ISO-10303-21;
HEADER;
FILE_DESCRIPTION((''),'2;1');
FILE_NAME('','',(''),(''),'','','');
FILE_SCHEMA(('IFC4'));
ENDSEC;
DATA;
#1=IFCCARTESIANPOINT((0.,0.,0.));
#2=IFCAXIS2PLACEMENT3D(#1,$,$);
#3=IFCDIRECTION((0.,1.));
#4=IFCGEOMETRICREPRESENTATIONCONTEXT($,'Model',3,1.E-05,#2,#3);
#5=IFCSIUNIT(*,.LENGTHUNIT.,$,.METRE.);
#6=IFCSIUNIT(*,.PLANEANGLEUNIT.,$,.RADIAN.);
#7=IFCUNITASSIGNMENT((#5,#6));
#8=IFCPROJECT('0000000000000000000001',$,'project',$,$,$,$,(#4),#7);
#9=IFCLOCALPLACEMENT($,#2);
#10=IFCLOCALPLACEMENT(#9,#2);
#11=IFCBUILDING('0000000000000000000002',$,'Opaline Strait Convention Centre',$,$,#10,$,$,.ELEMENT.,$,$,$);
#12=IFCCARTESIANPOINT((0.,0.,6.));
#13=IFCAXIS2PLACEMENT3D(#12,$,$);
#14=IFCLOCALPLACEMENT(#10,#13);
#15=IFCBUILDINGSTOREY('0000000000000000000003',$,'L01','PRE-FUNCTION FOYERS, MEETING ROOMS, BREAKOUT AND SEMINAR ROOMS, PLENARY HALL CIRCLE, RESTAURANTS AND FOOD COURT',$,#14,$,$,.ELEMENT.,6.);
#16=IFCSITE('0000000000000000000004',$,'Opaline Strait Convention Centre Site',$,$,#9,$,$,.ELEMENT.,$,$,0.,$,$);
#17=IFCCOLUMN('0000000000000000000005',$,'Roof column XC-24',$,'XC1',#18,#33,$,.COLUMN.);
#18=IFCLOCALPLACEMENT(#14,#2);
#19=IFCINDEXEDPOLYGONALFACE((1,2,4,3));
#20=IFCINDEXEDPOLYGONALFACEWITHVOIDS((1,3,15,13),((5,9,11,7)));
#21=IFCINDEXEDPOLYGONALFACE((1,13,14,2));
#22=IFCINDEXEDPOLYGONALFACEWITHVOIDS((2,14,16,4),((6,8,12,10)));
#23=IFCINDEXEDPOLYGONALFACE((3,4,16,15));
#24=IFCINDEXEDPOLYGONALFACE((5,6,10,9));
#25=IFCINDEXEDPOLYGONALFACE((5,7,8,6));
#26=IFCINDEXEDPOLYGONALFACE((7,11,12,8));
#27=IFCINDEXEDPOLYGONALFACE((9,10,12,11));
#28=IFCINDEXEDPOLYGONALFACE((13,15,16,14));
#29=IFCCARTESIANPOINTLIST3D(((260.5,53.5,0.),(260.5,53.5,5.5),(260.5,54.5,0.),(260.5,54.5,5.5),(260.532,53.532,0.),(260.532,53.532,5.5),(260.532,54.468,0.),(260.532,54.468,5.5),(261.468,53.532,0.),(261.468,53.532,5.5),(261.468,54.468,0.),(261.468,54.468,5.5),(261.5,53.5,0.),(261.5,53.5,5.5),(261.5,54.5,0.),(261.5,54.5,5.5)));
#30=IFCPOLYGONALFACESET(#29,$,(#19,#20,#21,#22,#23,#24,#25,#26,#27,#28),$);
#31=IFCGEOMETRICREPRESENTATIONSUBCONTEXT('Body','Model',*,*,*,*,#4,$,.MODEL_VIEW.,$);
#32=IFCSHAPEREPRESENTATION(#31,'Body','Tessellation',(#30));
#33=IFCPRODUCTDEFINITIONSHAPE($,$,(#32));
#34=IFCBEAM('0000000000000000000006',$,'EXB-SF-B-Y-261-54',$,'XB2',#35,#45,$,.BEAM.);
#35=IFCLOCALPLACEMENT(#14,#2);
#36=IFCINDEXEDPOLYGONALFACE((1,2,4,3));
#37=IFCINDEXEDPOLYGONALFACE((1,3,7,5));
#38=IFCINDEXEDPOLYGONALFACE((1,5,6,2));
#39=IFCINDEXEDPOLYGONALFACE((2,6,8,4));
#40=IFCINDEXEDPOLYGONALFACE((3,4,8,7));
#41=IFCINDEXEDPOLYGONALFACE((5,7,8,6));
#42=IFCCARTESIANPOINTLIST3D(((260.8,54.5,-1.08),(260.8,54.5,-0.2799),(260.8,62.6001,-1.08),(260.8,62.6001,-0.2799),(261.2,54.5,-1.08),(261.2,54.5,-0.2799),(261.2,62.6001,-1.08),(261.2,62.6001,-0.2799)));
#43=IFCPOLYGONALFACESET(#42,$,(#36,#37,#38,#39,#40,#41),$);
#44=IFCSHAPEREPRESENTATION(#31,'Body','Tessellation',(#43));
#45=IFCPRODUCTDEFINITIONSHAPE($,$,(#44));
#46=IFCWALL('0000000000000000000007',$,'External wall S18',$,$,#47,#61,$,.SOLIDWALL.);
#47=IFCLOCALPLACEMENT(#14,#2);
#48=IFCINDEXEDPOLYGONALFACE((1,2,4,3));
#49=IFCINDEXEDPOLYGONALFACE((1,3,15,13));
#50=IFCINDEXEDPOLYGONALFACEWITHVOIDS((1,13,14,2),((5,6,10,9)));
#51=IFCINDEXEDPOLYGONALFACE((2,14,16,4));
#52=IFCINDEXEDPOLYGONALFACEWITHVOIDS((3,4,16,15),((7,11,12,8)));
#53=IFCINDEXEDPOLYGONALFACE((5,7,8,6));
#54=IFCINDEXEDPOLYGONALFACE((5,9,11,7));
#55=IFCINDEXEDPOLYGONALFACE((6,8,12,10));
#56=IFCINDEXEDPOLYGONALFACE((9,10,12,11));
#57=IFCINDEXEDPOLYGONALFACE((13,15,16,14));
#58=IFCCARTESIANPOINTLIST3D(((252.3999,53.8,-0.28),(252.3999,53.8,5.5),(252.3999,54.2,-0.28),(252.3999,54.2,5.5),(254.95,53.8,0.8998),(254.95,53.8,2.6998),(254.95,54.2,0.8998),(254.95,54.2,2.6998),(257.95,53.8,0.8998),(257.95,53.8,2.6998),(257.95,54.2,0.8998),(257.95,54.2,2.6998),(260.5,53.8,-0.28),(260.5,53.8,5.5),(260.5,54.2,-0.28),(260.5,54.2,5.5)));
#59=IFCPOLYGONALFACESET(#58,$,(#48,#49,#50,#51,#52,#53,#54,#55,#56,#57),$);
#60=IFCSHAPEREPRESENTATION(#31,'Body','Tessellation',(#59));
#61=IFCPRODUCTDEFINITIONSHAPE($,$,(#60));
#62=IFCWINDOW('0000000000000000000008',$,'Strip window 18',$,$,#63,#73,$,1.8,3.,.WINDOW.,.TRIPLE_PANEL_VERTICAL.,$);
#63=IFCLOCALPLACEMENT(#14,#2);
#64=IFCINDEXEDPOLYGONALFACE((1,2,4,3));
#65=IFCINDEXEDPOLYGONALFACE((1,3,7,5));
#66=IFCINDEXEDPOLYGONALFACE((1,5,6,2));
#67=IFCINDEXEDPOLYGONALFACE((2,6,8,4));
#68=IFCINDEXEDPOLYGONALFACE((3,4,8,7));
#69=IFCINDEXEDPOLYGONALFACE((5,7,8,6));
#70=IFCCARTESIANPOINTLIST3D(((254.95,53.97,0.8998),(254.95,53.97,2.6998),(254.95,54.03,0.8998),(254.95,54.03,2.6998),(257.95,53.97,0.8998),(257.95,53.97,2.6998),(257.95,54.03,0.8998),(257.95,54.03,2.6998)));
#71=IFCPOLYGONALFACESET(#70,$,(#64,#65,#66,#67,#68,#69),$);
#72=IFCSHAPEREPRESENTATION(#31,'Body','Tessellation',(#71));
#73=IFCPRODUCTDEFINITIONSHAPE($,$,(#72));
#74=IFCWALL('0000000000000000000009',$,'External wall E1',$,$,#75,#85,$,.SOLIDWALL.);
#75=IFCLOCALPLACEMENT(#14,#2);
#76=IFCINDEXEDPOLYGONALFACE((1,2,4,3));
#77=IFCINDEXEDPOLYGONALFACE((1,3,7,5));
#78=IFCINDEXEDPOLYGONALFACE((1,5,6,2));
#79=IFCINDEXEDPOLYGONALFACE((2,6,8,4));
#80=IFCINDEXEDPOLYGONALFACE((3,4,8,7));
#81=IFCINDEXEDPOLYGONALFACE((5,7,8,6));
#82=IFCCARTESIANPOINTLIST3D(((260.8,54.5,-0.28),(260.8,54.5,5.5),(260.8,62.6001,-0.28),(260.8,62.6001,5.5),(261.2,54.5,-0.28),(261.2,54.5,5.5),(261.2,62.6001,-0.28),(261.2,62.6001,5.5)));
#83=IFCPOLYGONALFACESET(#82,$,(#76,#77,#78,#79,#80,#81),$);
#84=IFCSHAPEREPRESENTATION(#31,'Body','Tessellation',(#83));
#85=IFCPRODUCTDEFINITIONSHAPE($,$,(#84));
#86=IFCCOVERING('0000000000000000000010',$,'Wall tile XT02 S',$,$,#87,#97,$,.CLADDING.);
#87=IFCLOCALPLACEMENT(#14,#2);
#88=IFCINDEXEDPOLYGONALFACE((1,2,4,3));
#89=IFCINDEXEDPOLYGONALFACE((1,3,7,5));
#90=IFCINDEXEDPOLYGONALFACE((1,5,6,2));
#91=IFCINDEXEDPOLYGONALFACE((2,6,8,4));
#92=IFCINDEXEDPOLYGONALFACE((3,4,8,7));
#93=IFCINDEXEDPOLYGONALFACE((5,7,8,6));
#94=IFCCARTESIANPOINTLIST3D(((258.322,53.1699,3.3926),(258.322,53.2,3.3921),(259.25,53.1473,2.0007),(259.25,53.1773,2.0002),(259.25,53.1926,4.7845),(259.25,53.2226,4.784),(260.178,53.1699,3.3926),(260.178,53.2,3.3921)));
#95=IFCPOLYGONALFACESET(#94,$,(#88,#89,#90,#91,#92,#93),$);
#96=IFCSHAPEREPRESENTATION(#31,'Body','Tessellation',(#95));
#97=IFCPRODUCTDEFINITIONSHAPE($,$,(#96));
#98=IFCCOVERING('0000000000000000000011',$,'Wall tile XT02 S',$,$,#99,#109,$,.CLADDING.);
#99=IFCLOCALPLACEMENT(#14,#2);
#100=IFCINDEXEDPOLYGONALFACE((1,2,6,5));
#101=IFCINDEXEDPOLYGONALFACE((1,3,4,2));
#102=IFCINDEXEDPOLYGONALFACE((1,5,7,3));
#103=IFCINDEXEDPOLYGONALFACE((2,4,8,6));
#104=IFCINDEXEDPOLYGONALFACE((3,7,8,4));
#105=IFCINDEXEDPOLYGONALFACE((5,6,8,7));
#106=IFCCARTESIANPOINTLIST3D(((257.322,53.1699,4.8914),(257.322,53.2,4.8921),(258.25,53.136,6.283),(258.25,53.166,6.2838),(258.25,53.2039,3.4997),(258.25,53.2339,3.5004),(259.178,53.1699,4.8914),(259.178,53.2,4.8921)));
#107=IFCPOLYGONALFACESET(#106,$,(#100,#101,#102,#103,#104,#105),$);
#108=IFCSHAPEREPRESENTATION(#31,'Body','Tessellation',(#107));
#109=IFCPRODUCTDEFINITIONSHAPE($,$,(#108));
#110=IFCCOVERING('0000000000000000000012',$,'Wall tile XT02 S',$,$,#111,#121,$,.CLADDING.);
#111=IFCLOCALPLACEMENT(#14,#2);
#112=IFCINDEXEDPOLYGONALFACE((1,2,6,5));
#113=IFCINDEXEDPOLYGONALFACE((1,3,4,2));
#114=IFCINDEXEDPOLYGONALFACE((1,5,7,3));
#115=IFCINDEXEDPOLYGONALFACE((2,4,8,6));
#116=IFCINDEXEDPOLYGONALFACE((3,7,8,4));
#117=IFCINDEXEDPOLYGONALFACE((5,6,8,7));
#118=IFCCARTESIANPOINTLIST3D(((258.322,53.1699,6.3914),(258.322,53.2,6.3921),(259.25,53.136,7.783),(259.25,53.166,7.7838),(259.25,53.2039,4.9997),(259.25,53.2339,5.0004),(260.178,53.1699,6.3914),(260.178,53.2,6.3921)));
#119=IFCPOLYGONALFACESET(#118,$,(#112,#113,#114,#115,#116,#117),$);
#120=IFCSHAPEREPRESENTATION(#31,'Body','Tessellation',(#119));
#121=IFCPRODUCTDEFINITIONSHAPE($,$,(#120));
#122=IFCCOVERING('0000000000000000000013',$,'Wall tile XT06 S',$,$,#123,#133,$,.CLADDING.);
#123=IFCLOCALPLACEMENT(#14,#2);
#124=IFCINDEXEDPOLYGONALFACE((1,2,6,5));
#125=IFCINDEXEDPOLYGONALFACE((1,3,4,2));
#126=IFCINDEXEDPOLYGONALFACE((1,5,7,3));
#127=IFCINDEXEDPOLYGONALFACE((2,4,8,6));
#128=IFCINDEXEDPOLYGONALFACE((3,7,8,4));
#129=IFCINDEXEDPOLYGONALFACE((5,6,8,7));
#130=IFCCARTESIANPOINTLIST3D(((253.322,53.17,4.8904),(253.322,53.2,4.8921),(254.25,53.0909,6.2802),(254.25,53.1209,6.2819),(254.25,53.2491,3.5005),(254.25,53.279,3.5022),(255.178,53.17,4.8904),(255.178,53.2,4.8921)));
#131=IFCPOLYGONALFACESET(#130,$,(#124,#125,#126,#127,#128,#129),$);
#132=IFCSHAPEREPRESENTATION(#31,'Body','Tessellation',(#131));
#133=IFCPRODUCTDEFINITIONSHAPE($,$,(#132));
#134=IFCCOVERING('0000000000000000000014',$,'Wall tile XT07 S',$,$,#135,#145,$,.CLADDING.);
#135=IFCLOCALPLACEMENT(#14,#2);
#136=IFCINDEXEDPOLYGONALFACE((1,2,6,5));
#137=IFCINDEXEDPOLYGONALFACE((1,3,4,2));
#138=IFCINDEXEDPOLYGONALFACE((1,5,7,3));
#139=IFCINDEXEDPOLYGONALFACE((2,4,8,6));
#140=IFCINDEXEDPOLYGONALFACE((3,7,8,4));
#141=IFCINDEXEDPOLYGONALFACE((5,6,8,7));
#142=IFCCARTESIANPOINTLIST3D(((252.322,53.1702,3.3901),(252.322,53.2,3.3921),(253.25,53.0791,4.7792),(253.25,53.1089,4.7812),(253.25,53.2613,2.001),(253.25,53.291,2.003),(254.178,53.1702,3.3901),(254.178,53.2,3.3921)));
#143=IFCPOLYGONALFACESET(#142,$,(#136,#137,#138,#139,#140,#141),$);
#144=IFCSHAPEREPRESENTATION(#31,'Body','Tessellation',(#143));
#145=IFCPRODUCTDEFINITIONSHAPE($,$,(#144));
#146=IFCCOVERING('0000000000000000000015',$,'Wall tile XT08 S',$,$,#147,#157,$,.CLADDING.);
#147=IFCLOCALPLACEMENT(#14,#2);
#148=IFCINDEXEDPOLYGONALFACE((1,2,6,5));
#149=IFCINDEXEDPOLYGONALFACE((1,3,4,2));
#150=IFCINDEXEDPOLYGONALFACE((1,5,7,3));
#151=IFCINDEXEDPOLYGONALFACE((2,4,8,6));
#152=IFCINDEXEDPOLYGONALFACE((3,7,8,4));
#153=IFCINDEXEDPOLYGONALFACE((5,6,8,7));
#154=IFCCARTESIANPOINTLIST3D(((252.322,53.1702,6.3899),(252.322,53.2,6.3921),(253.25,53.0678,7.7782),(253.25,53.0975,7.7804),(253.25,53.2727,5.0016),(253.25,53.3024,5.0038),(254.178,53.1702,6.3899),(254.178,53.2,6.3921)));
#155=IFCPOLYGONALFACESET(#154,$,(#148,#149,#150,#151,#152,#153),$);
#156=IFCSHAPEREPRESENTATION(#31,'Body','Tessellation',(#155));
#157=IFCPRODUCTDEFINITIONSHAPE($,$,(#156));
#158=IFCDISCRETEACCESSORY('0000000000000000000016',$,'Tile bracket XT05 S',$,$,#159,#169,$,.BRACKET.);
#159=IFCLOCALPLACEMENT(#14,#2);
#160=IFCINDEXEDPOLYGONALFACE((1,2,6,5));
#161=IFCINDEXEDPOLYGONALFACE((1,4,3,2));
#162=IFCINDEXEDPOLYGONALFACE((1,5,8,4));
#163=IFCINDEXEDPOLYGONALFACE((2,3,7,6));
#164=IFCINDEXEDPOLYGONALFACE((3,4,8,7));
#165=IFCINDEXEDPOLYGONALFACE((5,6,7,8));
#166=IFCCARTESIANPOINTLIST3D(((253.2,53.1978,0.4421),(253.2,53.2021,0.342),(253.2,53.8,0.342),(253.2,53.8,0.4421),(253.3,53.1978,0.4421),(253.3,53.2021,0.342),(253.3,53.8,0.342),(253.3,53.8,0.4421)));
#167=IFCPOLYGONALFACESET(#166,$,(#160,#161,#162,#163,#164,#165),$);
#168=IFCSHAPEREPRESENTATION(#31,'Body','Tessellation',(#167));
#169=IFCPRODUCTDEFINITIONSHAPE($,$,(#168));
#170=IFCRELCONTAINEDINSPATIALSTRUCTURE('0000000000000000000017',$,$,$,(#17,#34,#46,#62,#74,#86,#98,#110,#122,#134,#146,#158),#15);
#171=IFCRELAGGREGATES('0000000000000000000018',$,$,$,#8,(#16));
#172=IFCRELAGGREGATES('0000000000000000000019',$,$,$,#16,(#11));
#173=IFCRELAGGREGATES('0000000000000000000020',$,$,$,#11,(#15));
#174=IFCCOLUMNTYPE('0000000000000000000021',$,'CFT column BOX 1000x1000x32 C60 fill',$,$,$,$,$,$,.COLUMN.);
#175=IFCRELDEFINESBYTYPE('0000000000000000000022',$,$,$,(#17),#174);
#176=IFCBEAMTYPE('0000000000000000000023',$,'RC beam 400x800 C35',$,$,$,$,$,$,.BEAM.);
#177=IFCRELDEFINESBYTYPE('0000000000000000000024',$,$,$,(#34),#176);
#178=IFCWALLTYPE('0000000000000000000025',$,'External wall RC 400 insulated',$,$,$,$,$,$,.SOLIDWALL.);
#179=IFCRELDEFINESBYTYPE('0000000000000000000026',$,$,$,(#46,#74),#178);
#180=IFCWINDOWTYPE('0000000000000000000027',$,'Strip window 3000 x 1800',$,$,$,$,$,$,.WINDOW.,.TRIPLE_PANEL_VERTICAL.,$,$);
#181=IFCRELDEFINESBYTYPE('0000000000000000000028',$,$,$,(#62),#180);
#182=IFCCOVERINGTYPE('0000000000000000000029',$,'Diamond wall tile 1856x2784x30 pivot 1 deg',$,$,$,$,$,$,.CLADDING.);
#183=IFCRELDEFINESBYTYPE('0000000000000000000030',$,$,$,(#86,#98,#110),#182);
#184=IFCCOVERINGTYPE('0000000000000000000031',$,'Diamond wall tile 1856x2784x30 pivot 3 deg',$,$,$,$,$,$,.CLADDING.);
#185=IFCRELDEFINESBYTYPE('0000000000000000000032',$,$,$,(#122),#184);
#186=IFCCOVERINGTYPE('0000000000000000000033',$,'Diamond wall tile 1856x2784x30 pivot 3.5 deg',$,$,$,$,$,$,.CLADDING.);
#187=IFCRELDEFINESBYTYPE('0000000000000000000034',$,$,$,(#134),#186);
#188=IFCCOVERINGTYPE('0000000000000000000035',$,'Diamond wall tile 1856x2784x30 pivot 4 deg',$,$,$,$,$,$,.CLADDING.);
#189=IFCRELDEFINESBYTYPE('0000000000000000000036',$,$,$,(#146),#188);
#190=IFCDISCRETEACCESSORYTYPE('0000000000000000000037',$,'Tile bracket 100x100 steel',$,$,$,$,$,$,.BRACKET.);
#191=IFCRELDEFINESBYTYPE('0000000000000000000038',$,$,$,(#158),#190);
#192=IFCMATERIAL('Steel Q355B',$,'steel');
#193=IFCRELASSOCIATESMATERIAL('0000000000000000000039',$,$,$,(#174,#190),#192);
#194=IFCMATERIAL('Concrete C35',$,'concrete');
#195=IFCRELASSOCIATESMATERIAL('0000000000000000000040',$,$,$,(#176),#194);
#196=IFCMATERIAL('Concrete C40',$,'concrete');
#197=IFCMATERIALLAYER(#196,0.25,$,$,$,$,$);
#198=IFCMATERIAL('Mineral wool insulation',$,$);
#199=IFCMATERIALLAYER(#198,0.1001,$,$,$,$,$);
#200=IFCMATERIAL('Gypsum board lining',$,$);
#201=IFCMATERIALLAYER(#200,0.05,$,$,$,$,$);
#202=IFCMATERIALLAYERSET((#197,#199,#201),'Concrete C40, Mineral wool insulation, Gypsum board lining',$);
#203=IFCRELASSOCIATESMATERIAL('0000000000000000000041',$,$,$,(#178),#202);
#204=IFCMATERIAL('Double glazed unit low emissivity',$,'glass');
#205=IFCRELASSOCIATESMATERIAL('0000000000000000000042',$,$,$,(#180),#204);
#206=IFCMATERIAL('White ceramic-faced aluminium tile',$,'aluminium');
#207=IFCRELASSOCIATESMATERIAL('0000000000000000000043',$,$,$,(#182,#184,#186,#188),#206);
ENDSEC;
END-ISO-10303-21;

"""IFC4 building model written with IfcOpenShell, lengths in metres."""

from ifc_helpers import new_model, si_unit, direction, frame, frame_2d, origin, origin_2d, place, context, subcontext, project, spatial, polyline, rectangle, hollow_rectangle, outline, extrude, material, layer, layer_set, material_profile, profile_set, type_object, element, fill, save


model = new_model("IFC4")

# Units and contexts
model_context = context("Model", 3, precision=1e-05, world=origin(), true_north=direction((0.0, 1.0)))
body_context = subcontext(model_context, "Body", "Model", "MODEL_VIEW")
ifc_project = project(units=[si_unit("LENGTHUNIT", "METRE"), si_unit("PLANEANGLEUNIT", "RADIAN")], contexts=[model_context])

# Site, building, storey
site_placement = place(None, origin())
site = spatial("IfcSite", under=ifc_project, at=site_placement, Name="Opaline Strait Convention Centre Site", CompositionType="ELEMENT", RefElevation=0.0)
building_placement = place(site_placement, origin())
building = spatial("IfcBuilding", under=site, at=building_placement, Name="Opaline Strait Convention Centre", CompositionType="ELEMENT")
storey_placement = place(building_placement, frame((0.0, 0.0, 6.0)))
storey = spatial("IfcBuildingStorey", under=building, at=storey_placement, Name="L01", Description="PRE-FUNCTION FOYERS, MEETING ROOMS, BREAKOUT AND SEMINAR ROOMS, PLENARY HALL CIRCLE, RESTAURANTS AND FOOD COURT", CompositionType="ELEMENT", Elevation=6.0)

# Column
ifc_material_1 = material(Name="Steel Q355B", Category="steel")
ifc_material_profile_1 = material_profile(ifc_material_1, hollow_rectangle(XDim=1.0, YDim=1.0, WallThickness=0.032, at=origin_2d()), Name="BOX 1000x1000x32")
ifc_profile_set_1 = profile_set([ifc_material_profile_1], Name="Steel Q355B")
column_type = type_object("IfcColumnType", Name="CFT column BOX 1000x1000x32 C60 fill", PredefinedType="COLUMN", material=ifc_profile_set_1)
column_placement = place(storey_placement, frame((261.0, 54.0, 0.0), z_axis=(0.0, 0.0, 1.0), x_axis=(1.0, 0.0, 0.0)))
element("IfcColumn", 1, at=column_placement, inside=storey, type_object=column_type, Name="Roof column XC-24", ObjectType="XC1", PredefinedType="COLUMN", context=body_context, shape_type="SweptSolid", body=[
    extrude(hollow_rectangle(XDim=1.0, YDim=1.0, WallThickness=0.032, at=origin_2d()), origin(), (0.0, 0.0, 1.0), 5.5),
])

# Beam
ifc_material_2 = material(Name="Concrete C35", Category="concrete")
ifc_material_profile_2 = material_profile(ifc_material_2, rectangle(XDim=0.3999, YDim=0.8, at=origin_2d()), Name="RC 400x800")
ifc_profile_set_2 = profile_set([ifc_material_profile_2], Name="Concrete C35")
beam_type = type_object("IfcBeamType", Name="RC beam 400x800 C35", PredefinedType="BEAM", material=ifc_profile_set_2)
beam_placement = place(storey_placement, frame((261.0, 54.5, -0.6799), z_axis=(0.0, 1.0, 0.0), x_axis=(-1.0, 0.0, 0.0)))
element("IfcBeam", 2, at=beam_placement, inside=storey, type_object=beam_type, Name="EXB-SF-B-Y-261-54", ObjectType="XB2", PredefinedType="BEAM", context=body_context, shape_type="SweptSolid", body=[
    extrude(rectangle(XDim=0.3999, YDim=0.8, at=origin_2d()), origin(), (0.0, 0.0, 1.0), 8.1001),
])

# Wall, opening, window
ifc_material_3 = material(Name="Concrete C40", Category="concrete")
ifc_layer_1 = layer(ifc_material_3, 0.25)
ifc_material_4 = material(Name="Mineral wool insulation")
ifc_layer_2 = layer(ifc_material_4, 0.1001)
ifc_material_5 = material(Name="Gypsum board lining")
ifc_layer_3 = layer(ifc_material_5, 0.05)
ifc_layer_set = layer_set([ifc_layer_1, ifc_layer_2, ifc_layer_3], Name="Concrete C40, Mineral wool insulation, Gypsum board lining")
wall_type = type_object("IfcWallType", Name="External wall RC 400 insulated", PredefinedType="SOLIDWALL", material=ifc_layer_set)
wall_1_placement = place(storey_placement, frame((252.3999, 54.0, -0.28), z_axis=(0.0, 0.0, 1.0), x_axis=(1.0, 0.0, 0.0)))
wall_1 = element("IfcWall", 3, at=wall_1_placement, inside=storey, type_object=wall_type, Name="External wall S18", PredefinedType="SOLIDWALL", context=body_context, shape_type="SweptSolid", body=[
    extrude(rectangle(XDim=8.1001, YDim=0.3999, at=frame_2d((4.05, 0.0))), origin(), (0.0, 0.0, 1.0), 5.78),
])
opening_placement = place(wall_1_placement, frame((2.55, 0.0, 1.1799)))
opening = element("IfcOpeningElement", 4, at=opening_placement, cuts=wall_1, PredefinedType="OPENING", context=body_context, shape_type="SweptSolid", body=[
    extrude(rectangle(XDim=3.0, YDim=1.8, at=frame_2d((1.5, 0.8999))), frame((0.0, 0.21, 0.0), z_axis=(0.0, -1.0, 0.0), x_axis=(1.0, 0.0, 0.0)), (0.0, 0.0, 1.0), 0.4199),
])
ifc_material_6 = material(Name="Double glazed unit low emissivity", Category="glass")
window_type = type_object("IfcWindowType", Name="Strip window 3000 x 1800", PartitioningType="TRIPLE_PANEL_VERTICAL", PredefinedType="WINDOW", material=ifc_material_6)
window_placement = place(opening_placement, origin())
window = element("IfcWindow", 5, at=window_placement, inside=storey, type_object=window_type, Name="Strip window 18", OverallHeight=1.8, OverallWidth=3.0, PartitioningType="TRIPLE_PANEL_VERTICAL", PredefinedType="WINDOW", context=body_context, shape_type="SweptSolid", body=[
    extrude(rectangle(XDim=3.0, YDim=1.8, at=frame_2d((1.5, 0.8999))), frame((0.0, 0.03, 0.0), z_axis=(0.0, -1.0, 0.0), x_axis=(1.0, 0.0, 0.0)), (0.0, 0.0, 1.0), 0.0601),
])
fill(opening, window)

# Wall
wall_2_placement = place(storey_placement, frame((261.0, 54.5, -0.28), z_axis=(0.0, 0.0, 1.0), x_axis=(0.0, 1.0, 0.0)))
element("IfcWall", 6, at=wall_2_placement, inside=storey, type_object=wall_type, Name="External wall E1", PredefinedType="SOLIDWALL", context=body_context, shape_type="SweptSolid", body=[
    extrude(rectangle(XDim=8.1001, YDim=0.3999, at=frame_2d((4.05, 0.0))), origin(), (0.0, 0.0, 1.0), 5.78),
])

# Coverings
ifc_material_7 = material(Name="White ceramic-faced aluminium tile", Category="aluminium")
ifc_material_profile_3 = material_profile(ifc_material_7, outline(polyline([(0.928, 0.0), (0.0, 1.3921), (-0.928, 0.0), (0.0, -1.3921), (0.928, 0.0)])), Name="Diamond tile 1856x2784")
ifc_profile_set_3 = profile_set([ifc_material_profile_3], Name="White ceramic-faced aluminium tile")
covering_type_1 = type_object("IfcCoveringType", Name="Diamond wall tile 1856x2784x30 pivot 1 deg", PredefinedType="CLADDING", material=ifc_profile_set_3)
for number, where, z_axis, x_axis, name in (
    (7, (259.25, 53.2, 3.3921), (0.0, -0.999868, 0.016258), (1.0, 0.0, 0.0), "Wall tile XT02 S"),
    (8, (258.25, 53.2, 4.8921), (0.0, -0.999703, -0.024383), (1.0, 0.0, 0.0), "Wall tile XT02 S"),
    (9, (259.25, 53.2, 6.3921), (0.0, -0.999703, -0.024383), (1.0, 0.0, 0.0), "Wall tile XT02 S"),
):
    element("IfcCovering", number, at=place(storey_placement, frame(where, z_axis=z_axis, x_axis=x_axis)), inside=storey, type_object=covering_type_1, Name=name, PredefinedType="CLADDING", context=body_context, shape_type="SweptSolid", body=[
        extrude(outline(polyline([(0.928, 0.0), (0.0, 1.3921), (-0.928, 0.0), (0.0, -1.3921), (0.928, 0.0)])), origin(), (0.0, 0.0, 1.0), 0.03),
    ])
ifc_material_profile_4 = material_profile(ifc_material_7, outline(polyline([(0.928, 0.0), (0.0, 1.3921), (-0.928, 0.0), (0.0, -1.3921), (0.928, 0.0)])), Name="Diamond tile 1856x2784")
ifc_profile_set_4 = profile_set([ifc_material_profile_4], Name="White ceramic-faced aluminium tile")
covering_type_2 = type_object("IfcCoveringType", Name="Diamond wall tile 1856x2784x30 pivot 3 deg", PredefinedType="CLADDING", material=ifc_profile_set_4)
covering_1_placement = place(storey_placement, frame((254.25, 53.2, 4.8921), z_axis=(0.0, -0.998385, -0.056819), x_axis=(1.0, 0.0, 0.0)))
element("IfcCovering", 10, at=covering_1_placement, inside=storey, type_object=covering_type_2, Name="Wall tile XT06 S", PredefinedType="CLADDING", context=body_context, shape_type="SweptSolid", body=[
    extrude(outline(polyline([(0.928, 0.0), (0.0, 1.3921), (-0.928, 0.0), (0.0, -1.3921), (0.928, 0.0)])), origin(), (0.0, 0.0, 1.0), 0.03),
])
ifc_material_profile_5 = material_profile(ifc_material_7, outline(polyline([(0.928, 0.0), (0.0, 1.3921), (-0.928, 0.0), (0.0, -1.3921), (0.928, 0.0)])), Name="Diamond tile 1856x2784")
ifc_profile_set_5 = profile_set([ifc_material_profile_5], Name="White ceramic-faced aluminium tile")
covering_type_3 = type_object("IfcCoveringType", Name="Diamond wall tile 1856x2784x30 pivot 3.5 deg", PredefinedType="CLADDING", material=ifc_profile_set_5)
covering_2_placement = place(storey_placement, frame((253.25, 53.2, 3.3921), z_axis=(0.0, -0.997857, -0.065433), x_axis=(1.0, 0.0, 0.0)))
element("IfcCovering", 11, at=covering_2_placement, inside=storey, type_object=covering_type_3, Name="Wall tile XT07 S", PredefinedType="CLADDING", context=body_context, shape_type="SweptSolid", body=[
    extrude(outline(polyline([(0.928, 0.0), (0.0, 1.3921), (-0.928, 0.0), (0.0, -1.3921), (0.928, 0.0)])), origin(), (0.0, 0.0, 1.0), 0.0298),
])
ifc_material_profile_6 = material_profile(ifc_material_7, outline(polyline([(0.928, 0.0), (0.0, 1.3921), (-0.928, 0.0), (0.0, -1.3921), (0.928, 0.0)])), Name="Diamond tile 1856x2784")
ifc_profile_set_6 = profile_set([ifc_material_profile_6], Name="White ceramic-faced aluminium tile")
covering_type_4 = type_object("IfcCoveringType", Name="Diamond wall tile 1856x2784x30 pivot 4 deg", PredefinedType="CLADDING", material=ifc_profile_set_6)
covering_3_placement = place(storey_placement, frame((253.25, 53.2, 6.3921), z_axis=(0.0, -0.99729, -0.073571), x_axis=(1.0, 0.0, 0.0)))
element("IfcCovering", 12, at=covering_3_placement, inside=storey, type_object=covering_type_4, Name="Wall tile XT08 S", PredefinedType="CLADDING", context=body_context, shape_type="SweptSolid", body=[
    extrude(outline(polyline([(0.928, 0.0), (0.0, 1.3921), (-0.928, 0.0), (0.0, -1.3921), (0.928, 0.0)])), origin(), (0.0, 0.0, 1.0), 0.0298),
])

# Discrete accessory
discrete_accessory_type = type_object("IfcDiscreteAccessoryType", Name="Tile bracket 100x100 steel", PredefinedType="BRACKET", material=ifc_material_1)
discrete_accessory_1_placement = place(storey_placement, frame((253.2, 53.8, 0.3921), z_axis=(1.0, 0.0, 0.0), x_axis=(0.0, 1.0, 0.0)))
element("IfcDiscreteAccessory", 13, at=discrete_accessory_1_placement, inside=storey, type_object=discrete_accessory_type, Name="Tile bracket XT05 S", PredefinedType="BRACKET", context=body_context, shape_type="SweptSolid", body=[
    extrude(outline(polyline([(0.0, -0.05), (0.0, 0.05), (-0.6023, 0.05), (-0.5979, -0.05), (0.0, -0.05)])), origin(), (0.0, 0.0, 1.0), 0.1001),
])

save(model, "model.ifc")
